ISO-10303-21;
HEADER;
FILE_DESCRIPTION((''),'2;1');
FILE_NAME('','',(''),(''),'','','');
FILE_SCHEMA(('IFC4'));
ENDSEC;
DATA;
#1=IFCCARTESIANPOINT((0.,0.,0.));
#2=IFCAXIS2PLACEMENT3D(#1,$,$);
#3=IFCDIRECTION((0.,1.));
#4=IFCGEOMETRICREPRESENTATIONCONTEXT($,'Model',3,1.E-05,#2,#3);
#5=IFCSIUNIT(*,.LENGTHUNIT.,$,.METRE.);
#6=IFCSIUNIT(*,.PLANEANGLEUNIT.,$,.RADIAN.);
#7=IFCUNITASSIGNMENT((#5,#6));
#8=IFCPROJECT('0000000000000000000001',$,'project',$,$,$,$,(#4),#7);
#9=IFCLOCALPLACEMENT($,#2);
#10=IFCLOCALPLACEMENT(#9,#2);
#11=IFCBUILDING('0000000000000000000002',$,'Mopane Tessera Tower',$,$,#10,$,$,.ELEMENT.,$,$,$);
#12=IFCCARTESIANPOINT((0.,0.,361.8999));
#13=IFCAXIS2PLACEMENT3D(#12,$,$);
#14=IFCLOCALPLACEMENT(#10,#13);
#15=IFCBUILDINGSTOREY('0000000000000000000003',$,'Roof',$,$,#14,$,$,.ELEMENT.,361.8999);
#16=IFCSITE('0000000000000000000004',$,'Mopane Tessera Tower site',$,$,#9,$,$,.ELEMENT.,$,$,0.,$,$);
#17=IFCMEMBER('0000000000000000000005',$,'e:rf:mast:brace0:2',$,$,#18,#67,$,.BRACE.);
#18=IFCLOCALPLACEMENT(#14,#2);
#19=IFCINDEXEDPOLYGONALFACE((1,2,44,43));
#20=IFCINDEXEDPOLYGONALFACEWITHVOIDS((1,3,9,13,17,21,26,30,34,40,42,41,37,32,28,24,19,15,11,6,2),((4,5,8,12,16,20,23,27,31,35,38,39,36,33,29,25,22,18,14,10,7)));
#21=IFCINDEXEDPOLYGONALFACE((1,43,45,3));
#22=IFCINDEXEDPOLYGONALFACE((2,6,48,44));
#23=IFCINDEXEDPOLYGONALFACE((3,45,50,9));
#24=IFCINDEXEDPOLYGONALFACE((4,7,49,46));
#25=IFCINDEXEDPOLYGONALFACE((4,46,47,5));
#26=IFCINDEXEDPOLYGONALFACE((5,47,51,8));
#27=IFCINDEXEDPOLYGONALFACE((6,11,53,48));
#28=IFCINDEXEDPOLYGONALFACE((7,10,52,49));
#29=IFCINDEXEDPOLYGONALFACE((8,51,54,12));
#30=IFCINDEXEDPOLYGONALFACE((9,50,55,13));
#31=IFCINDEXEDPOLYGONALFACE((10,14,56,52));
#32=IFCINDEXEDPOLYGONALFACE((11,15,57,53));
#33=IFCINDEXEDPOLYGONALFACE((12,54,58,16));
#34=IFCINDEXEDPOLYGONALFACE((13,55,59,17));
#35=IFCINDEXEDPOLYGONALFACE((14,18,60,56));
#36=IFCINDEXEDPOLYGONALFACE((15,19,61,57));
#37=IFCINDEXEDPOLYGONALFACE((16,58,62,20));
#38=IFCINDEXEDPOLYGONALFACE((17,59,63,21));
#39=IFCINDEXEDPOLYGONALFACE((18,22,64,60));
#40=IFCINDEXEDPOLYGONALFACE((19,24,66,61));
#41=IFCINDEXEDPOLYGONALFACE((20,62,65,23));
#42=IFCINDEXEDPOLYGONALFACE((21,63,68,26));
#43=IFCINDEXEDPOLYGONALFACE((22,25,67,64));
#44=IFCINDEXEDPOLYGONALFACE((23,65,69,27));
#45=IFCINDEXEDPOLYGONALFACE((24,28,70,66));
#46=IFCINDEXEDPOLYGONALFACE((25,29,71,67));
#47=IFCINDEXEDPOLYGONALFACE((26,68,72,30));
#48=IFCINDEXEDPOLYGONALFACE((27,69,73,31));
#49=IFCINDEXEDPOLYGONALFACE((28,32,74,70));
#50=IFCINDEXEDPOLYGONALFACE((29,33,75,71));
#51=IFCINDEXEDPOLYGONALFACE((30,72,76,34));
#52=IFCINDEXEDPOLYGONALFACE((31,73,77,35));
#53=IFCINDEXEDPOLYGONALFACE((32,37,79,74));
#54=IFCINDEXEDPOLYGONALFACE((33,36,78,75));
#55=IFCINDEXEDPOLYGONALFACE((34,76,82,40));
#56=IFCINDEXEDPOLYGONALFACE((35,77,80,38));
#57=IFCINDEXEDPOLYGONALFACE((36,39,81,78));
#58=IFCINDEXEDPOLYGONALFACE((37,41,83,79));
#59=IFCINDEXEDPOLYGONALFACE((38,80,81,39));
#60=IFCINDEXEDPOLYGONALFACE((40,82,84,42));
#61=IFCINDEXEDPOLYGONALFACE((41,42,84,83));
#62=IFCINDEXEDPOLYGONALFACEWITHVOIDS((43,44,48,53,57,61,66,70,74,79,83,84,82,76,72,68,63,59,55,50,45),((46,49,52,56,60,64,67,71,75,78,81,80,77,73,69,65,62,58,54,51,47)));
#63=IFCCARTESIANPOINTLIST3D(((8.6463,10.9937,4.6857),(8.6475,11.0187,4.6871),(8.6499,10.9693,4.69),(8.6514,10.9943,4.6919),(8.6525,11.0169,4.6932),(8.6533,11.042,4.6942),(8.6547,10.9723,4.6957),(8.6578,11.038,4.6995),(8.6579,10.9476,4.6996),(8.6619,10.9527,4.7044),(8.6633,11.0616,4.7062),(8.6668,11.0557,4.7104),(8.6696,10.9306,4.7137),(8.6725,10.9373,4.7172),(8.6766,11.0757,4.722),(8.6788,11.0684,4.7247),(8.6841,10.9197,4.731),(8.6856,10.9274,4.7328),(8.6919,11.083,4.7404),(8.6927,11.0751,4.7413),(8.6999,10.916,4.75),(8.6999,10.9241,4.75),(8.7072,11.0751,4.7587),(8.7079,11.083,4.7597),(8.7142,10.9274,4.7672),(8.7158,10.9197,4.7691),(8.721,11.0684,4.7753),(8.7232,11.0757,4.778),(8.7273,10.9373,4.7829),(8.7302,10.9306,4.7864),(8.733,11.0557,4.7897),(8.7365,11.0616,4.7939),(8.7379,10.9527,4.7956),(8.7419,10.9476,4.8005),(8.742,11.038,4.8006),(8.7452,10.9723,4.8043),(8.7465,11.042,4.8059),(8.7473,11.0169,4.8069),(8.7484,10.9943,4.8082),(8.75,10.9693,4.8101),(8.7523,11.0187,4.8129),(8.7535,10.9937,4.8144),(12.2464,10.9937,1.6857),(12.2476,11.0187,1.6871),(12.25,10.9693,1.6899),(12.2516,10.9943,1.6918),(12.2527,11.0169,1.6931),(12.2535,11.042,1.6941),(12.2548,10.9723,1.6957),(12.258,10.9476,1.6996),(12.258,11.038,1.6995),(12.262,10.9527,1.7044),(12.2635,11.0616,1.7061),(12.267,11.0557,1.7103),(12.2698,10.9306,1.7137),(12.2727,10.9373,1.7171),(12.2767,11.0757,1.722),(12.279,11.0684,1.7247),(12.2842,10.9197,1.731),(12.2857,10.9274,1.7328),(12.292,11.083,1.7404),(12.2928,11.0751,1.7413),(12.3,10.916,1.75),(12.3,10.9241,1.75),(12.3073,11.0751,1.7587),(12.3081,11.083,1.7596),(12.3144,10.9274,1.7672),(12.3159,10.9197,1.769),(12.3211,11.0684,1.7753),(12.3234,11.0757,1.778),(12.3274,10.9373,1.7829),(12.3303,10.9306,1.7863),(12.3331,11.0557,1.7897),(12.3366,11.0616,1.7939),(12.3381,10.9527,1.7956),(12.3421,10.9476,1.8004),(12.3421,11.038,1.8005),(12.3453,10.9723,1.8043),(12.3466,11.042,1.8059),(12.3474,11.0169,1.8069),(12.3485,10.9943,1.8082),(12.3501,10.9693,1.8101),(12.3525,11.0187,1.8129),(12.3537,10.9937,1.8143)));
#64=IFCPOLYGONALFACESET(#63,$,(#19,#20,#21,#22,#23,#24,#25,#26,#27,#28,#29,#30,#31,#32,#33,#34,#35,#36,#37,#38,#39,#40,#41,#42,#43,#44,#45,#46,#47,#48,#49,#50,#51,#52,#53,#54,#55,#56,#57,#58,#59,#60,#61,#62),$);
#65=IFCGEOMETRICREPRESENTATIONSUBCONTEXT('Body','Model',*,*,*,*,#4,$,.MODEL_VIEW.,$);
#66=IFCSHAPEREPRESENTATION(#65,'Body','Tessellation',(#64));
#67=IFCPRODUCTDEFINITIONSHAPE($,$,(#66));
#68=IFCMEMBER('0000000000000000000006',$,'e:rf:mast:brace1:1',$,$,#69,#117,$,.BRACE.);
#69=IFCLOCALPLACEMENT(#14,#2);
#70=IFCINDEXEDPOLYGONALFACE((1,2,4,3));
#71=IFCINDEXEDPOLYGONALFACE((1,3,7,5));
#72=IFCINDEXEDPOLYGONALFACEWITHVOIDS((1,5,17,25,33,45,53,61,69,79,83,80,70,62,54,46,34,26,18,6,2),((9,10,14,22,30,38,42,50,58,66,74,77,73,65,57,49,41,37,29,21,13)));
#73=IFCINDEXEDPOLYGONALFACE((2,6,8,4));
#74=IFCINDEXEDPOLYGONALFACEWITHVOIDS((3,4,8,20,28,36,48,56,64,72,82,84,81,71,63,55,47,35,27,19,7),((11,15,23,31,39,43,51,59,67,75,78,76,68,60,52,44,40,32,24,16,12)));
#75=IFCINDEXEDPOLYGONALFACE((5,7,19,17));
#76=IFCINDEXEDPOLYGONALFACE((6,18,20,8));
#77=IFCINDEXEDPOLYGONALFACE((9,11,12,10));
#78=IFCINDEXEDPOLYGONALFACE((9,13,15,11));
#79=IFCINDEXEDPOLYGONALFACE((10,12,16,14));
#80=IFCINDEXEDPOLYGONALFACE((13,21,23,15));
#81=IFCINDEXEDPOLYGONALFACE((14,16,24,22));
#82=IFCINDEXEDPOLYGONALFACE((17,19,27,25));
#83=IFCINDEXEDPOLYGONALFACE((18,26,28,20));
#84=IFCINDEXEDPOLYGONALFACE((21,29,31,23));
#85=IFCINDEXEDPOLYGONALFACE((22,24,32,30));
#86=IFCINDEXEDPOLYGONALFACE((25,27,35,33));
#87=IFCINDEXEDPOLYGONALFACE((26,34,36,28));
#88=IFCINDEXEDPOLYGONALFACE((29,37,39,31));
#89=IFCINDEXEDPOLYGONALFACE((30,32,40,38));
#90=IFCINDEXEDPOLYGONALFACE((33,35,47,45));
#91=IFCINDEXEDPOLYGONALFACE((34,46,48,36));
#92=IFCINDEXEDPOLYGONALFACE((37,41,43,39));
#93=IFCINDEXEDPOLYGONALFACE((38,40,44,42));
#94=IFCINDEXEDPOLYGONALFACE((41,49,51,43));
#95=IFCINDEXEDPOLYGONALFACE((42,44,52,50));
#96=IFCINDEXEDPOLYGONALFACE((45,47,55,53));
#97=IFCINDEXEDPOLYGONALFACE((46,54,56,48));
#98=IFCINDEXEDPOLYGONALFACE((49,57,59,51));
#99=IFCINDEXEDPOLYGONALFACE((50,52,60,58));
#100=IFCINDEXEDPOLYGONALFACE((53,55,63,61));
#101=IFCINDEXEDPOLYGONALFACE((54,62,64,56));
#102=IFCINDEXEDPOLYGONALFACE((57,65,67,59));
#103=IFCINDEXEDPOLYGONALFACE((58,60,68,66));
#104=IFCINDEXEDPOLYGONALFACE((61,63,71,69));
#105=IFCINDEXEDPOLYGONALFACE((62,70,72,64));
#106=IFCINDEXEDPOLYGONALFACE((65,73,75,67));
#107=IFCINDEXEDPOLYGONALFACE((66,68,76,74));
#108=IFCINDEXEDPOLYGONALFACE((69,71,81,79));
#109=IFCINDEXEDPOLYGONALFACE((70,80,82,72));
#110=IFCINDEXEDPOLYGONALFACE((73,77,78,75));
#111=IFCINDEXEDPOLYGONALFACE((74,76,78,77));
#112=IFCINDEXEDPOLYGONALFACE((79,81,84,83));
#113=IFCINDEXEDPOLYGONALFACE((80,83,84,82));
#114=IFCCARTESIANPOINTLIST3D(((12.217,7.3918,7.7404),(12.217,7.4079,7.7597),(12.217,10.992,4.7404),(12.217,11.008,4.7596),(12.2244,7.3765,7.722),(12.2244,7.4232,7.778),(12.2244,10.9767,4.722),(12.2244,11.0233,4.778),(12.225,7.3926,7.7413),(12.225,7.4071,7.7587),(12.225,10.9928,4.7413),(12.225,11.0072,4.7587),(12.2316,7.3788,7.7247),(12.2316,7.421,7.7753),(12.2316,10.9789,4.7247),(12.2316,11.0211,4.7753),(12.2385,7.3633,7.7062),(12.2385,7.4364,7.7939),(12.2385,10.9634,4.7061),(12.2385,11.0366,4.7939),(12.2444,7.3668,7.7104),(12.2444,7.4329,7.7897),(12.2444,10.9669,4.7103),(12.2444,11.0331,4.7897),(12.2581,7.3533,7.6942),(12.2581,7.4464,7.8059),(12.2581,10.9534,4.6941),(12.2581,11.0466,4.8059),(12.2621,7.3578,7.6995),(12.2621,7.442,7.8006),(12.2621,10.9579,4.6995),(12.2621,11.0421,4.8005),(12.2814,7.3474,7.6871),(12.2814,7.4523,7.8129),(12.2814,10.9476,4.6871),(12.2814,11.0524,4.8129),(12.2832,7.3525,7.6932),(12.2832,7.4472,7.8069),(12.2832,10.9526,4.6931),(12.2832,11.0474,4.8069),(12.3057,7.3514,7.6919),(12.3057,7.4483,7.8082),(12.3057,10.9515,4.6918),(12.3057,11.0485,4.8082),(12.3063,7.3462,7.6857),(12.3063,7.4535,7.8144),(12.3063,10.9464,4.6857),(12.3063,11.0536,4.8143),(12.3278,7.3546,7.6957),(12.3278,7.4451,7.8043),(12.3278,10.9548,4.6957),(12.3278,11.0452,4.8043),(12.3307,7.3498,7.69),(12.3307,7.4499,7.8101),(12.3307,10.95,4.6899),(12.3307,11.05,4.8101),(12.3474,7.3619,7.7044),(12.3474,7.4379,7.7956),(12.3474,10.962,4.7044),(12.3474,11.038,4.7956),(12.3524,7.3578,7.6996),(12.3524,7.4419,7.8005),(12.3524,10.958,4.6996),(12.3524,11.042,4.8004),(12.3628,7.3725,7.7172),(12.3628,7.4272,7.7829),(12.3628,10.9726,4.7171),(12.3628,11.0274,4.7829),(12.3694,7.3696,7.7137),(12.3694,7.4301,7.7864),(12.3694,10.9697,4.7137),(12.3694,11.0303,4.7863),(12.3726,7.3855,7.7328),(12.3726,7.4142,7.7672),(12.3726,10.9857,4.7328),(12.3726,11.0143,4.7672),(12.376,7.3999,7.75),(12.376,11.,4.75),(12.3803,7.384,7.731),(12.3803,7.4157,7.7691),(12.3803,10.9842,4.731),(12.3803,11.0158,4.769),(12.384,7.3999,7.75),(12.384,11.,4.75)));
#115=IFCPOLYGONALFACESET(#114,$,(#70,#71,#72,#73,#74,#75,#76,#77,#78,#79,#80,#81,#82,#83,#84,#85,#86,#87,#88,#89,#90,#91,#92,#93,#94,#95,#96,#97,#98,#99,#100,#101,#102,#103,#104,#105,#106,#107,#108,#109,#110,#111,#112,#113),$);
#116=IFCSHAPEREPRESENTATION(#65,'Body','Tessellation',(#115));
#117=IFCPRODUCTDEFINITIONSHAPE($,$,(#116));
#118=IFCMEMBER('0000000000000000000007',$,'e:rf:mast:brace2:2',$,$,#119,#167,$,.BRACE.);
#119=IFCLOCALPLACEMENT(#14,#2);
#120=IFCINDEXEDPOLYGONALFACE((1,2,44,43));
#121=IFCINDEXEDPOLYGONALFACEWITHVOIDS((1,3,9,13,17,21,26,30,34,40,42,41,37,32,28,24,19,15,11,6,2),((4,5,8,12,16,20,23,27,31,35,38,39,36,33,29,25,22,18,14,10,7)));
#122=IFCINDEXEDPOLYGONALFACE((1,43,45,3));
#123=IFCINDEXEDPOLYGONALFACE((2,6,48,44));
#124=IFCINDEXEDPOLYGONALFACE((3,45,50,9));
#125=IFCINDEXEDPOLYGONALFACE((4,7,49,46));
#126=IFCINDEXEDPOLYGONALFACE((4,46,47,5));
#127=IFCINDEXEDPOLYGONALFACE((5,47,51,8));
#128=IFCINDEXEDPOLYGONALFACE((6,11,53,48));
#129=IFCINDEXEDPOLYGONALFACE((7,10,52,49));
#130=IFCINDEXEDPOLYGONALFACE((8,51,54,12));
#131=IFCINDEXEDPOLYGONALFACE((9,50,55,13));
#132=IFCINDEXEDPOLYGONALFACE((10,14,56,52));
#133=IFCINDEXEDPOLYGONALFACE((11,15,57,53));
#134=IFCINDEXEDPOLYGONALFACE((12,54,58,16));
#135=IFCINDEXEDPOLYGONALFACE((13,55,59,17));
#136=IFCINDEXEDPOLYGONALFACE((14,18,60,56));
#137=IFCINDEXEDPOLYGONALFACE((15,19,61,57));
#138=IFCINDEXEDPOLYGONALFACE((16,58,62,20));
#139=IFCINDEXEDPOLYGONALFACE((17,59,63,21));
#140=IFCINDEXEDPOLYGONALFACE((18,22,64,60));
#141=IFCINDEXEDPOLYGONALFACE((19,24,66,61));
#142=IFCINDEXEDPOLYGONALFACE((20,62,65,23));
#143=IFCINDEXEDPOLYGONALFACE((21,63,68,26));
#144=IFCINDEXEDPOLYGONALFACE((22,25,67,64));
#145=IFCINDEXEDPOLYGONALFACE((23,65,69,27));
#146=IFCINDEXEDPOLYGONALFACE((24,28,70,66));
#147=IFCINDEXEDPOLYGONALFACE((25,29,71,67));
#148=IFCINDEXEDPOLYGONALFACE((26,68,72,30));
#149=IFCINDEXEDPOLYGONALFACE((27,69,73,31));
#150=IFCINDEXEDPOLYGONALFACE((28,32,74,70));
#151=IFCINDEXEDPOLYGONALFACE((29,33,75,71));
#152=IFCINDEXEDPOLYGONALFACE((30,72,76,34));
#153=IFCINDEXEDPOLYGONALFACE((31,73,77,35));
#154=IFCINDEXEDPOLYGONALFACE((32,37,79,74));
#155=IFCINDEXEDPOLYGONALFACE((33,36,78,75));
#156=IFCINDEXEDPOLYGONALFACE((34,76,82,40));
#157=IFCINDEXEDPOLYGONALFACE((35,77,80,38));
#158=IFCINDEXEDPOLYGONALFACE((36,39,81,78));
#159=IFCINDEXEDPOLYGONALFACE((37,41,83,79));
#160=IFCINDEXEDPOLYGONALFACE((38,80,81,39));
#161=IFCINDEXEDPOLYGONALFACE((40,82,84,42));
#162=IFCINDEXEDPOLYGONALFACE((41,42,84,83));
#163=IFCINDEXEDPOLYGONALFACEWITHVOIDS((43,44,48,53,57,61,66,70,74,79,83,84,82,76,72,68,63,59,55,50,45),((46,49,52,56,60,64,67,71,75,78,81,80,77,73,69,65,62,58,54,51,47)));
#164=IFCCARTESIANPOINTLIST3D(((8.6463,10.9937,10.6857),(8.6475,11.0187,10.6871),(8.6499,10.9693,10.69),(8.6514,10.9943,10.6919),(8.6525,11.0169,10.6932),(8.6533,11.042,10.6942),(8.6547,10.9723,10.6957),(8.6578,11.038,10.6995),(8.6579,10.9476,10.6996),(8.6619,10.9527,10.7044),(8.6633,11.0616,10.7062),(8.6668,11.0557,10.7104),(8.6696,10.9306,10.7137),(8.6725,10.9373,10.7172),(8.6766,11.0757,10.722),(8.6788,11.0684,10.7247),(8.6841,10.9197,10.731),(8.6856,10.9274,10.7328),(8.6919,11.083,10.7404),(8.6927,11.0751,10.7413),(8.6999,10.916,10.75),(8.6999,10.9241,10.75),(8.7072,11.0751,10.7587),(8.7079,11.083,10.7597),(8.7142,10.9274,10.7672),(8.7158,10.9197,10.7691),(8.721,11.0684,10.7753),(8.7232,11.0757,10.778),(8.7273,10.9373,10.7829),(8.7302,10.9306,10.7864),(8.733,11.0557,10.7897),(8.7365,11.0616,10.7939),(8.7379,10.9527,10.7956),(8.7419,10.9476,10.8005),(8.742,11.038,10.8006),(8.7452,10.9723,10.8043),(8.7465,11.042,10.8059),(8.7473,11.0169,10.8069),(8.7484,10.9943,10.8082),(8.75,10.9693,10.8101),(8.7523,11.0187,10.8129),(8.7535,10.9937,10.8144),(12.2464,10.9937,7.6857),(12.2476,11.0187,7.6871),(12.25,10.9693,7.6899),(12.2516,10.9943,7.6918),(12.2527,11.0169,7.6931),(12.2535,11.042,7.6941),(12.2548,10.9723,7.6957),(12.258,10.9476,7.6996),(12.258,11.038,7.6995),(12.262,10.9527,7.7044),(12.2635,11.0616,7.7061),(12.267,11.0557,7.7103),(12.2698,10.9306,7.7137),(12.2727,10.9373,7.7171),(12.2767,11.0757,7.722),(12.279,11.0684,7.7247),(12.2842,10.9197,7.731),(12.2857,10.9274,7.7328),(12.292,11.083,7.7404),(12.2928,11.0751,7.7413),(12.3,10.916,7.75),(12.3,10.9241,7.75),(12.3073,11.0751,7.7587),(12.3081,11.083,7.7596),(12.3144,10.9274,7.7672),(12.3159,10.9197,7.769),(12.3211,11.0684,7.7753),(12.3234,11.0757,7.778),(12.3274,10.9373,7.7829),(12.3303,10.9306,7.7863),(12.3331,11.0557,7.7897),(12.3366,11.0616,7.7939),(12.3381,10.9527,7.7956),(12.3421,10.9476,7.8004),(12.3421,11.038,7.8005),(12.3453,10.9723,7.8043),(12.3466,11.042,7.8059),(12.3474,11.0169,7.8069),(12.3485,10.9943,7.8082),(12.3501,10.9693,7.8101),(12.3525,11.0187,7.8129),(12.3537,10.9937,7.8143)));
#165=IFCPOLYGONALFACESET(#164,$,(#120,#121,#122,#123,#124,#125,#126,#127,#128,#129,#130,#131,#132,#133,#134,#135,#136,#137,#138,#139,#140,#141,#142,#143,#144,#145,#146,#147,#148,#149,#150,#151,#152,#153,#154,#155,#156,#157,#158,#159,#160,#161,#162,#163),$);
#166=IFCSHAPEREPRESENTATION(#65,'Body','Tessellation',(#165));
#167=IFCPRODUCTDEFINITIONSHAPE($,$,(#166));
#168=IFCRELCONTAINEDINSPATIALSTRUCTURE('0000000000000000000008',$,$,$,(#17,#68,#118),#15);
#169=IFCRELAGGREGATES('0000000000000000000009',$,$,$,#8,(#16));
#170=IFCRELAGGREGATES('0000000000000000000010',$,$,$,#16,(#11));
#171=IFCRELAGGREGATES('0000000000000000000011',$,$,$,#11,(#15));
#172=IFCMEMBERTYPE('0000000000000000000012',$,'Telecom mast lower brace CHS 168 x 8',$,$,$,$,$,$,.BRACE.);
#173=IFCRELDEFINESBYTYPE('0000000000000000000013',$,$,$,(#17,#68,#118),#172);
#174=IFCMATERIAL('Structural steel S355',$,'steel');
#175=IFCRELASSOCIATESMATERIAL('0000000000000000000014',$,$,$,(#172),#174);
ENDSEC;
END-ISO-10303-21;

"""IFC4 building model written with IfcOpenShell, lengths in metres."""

from ifc_helpers import new_model, si_unit, direction, frame, origin, origin_2d, place, context, subcontext, project, spatial, hollow_circle, extrude, material, material_profile, profile_set, type_object, element, save


model = new_model("IFC4")

# Units and contexts
model_context = context("Model", 3, precision=1e-05, world=origin(), true_north=direction((0.0, 1.0)))
body_context = subcontext(model_context, "Body", "Model", "MODEL_VIEW")
ifc_project = project(units=[si_unit("LENGTHUNIT", "METRE"), si_unit("PLANEANGLEUNIT", "RADIAN")], contexts=[model_context])

# Site, building, storey
site_placement = place(None, origin())
site = spatial("IfcSite", under=ifc_project, at=site_placement, Name="Mopane Tessera Tower site", CompositionType="ELEMENT", RefElevation=0.0)
building_placement = place(site_placement, origin())
building = spatial("IfcBuilding", under=site, at=building_placement, Name="Mopane Tessera Tower", CompositionType="ELEMENT")
storey_placement = place(building_placement, frame((0.0, 0.0, 361.8999)))
storey = spatial("IfcBuildingStorey", under=building, at=storey_placement, Name="Roof", CompositionType="ELEMENT", Elevation=361.8999)

# Members
ifc_material_1 = material(Name="Structural steel S355", Category="steel")
ifc_material_profile_1 = material_profile(ifc_material_1, hollow_circle(Radius=0.084, WallThickness=0.0081, at=origin_2d()))
ifc_profile_set_1 = profile_set([ifc_material_profile_1], Name="Structural steel S355")
member_type_1 = type_object("IfcMemberType", Name="Telecom mast lower brace CHS 168 x 8", PredefinedType="BRACE", material=ifc_profile_set_1)
for number, where, z_axis, x_axis, name in (
    (1, (12.3, 11.0, 1.75), (-0.76823, 0.0, 0.640174), (0.0, -1.0, 0.0), "e:rf:mast:brace0:2"),
    (2, (12.3, 11.0, 4.75), (0.0, -0.76823, 0.640174), (1.0, 0.0, 0.0), "e:rf:mast:brace1:1"),
    (3, (12.3, 11.0, 7.75), (-0.76823, 0.0, 0.640174), (0.0, -1.0, 0.0), "e:rf:mast:brace2:2"),
):
    element("IfcMember", number, at=place(storey_placement, frame(where, z_axis=z_axis, x_axis=x_axis)), inside=storey, type_object=member_type_1, Name=name, PredefinedType="BRACE", context=body_context, shape_type="SweptSolid", body=[
        extrude(hollow_circle(Radius=0.084, WallThickness=0.0081, at=origin_2d()), origin(), (0.0, 0.0, 1.0), 4.6863),
    ])

save(model, "model.ifc")
